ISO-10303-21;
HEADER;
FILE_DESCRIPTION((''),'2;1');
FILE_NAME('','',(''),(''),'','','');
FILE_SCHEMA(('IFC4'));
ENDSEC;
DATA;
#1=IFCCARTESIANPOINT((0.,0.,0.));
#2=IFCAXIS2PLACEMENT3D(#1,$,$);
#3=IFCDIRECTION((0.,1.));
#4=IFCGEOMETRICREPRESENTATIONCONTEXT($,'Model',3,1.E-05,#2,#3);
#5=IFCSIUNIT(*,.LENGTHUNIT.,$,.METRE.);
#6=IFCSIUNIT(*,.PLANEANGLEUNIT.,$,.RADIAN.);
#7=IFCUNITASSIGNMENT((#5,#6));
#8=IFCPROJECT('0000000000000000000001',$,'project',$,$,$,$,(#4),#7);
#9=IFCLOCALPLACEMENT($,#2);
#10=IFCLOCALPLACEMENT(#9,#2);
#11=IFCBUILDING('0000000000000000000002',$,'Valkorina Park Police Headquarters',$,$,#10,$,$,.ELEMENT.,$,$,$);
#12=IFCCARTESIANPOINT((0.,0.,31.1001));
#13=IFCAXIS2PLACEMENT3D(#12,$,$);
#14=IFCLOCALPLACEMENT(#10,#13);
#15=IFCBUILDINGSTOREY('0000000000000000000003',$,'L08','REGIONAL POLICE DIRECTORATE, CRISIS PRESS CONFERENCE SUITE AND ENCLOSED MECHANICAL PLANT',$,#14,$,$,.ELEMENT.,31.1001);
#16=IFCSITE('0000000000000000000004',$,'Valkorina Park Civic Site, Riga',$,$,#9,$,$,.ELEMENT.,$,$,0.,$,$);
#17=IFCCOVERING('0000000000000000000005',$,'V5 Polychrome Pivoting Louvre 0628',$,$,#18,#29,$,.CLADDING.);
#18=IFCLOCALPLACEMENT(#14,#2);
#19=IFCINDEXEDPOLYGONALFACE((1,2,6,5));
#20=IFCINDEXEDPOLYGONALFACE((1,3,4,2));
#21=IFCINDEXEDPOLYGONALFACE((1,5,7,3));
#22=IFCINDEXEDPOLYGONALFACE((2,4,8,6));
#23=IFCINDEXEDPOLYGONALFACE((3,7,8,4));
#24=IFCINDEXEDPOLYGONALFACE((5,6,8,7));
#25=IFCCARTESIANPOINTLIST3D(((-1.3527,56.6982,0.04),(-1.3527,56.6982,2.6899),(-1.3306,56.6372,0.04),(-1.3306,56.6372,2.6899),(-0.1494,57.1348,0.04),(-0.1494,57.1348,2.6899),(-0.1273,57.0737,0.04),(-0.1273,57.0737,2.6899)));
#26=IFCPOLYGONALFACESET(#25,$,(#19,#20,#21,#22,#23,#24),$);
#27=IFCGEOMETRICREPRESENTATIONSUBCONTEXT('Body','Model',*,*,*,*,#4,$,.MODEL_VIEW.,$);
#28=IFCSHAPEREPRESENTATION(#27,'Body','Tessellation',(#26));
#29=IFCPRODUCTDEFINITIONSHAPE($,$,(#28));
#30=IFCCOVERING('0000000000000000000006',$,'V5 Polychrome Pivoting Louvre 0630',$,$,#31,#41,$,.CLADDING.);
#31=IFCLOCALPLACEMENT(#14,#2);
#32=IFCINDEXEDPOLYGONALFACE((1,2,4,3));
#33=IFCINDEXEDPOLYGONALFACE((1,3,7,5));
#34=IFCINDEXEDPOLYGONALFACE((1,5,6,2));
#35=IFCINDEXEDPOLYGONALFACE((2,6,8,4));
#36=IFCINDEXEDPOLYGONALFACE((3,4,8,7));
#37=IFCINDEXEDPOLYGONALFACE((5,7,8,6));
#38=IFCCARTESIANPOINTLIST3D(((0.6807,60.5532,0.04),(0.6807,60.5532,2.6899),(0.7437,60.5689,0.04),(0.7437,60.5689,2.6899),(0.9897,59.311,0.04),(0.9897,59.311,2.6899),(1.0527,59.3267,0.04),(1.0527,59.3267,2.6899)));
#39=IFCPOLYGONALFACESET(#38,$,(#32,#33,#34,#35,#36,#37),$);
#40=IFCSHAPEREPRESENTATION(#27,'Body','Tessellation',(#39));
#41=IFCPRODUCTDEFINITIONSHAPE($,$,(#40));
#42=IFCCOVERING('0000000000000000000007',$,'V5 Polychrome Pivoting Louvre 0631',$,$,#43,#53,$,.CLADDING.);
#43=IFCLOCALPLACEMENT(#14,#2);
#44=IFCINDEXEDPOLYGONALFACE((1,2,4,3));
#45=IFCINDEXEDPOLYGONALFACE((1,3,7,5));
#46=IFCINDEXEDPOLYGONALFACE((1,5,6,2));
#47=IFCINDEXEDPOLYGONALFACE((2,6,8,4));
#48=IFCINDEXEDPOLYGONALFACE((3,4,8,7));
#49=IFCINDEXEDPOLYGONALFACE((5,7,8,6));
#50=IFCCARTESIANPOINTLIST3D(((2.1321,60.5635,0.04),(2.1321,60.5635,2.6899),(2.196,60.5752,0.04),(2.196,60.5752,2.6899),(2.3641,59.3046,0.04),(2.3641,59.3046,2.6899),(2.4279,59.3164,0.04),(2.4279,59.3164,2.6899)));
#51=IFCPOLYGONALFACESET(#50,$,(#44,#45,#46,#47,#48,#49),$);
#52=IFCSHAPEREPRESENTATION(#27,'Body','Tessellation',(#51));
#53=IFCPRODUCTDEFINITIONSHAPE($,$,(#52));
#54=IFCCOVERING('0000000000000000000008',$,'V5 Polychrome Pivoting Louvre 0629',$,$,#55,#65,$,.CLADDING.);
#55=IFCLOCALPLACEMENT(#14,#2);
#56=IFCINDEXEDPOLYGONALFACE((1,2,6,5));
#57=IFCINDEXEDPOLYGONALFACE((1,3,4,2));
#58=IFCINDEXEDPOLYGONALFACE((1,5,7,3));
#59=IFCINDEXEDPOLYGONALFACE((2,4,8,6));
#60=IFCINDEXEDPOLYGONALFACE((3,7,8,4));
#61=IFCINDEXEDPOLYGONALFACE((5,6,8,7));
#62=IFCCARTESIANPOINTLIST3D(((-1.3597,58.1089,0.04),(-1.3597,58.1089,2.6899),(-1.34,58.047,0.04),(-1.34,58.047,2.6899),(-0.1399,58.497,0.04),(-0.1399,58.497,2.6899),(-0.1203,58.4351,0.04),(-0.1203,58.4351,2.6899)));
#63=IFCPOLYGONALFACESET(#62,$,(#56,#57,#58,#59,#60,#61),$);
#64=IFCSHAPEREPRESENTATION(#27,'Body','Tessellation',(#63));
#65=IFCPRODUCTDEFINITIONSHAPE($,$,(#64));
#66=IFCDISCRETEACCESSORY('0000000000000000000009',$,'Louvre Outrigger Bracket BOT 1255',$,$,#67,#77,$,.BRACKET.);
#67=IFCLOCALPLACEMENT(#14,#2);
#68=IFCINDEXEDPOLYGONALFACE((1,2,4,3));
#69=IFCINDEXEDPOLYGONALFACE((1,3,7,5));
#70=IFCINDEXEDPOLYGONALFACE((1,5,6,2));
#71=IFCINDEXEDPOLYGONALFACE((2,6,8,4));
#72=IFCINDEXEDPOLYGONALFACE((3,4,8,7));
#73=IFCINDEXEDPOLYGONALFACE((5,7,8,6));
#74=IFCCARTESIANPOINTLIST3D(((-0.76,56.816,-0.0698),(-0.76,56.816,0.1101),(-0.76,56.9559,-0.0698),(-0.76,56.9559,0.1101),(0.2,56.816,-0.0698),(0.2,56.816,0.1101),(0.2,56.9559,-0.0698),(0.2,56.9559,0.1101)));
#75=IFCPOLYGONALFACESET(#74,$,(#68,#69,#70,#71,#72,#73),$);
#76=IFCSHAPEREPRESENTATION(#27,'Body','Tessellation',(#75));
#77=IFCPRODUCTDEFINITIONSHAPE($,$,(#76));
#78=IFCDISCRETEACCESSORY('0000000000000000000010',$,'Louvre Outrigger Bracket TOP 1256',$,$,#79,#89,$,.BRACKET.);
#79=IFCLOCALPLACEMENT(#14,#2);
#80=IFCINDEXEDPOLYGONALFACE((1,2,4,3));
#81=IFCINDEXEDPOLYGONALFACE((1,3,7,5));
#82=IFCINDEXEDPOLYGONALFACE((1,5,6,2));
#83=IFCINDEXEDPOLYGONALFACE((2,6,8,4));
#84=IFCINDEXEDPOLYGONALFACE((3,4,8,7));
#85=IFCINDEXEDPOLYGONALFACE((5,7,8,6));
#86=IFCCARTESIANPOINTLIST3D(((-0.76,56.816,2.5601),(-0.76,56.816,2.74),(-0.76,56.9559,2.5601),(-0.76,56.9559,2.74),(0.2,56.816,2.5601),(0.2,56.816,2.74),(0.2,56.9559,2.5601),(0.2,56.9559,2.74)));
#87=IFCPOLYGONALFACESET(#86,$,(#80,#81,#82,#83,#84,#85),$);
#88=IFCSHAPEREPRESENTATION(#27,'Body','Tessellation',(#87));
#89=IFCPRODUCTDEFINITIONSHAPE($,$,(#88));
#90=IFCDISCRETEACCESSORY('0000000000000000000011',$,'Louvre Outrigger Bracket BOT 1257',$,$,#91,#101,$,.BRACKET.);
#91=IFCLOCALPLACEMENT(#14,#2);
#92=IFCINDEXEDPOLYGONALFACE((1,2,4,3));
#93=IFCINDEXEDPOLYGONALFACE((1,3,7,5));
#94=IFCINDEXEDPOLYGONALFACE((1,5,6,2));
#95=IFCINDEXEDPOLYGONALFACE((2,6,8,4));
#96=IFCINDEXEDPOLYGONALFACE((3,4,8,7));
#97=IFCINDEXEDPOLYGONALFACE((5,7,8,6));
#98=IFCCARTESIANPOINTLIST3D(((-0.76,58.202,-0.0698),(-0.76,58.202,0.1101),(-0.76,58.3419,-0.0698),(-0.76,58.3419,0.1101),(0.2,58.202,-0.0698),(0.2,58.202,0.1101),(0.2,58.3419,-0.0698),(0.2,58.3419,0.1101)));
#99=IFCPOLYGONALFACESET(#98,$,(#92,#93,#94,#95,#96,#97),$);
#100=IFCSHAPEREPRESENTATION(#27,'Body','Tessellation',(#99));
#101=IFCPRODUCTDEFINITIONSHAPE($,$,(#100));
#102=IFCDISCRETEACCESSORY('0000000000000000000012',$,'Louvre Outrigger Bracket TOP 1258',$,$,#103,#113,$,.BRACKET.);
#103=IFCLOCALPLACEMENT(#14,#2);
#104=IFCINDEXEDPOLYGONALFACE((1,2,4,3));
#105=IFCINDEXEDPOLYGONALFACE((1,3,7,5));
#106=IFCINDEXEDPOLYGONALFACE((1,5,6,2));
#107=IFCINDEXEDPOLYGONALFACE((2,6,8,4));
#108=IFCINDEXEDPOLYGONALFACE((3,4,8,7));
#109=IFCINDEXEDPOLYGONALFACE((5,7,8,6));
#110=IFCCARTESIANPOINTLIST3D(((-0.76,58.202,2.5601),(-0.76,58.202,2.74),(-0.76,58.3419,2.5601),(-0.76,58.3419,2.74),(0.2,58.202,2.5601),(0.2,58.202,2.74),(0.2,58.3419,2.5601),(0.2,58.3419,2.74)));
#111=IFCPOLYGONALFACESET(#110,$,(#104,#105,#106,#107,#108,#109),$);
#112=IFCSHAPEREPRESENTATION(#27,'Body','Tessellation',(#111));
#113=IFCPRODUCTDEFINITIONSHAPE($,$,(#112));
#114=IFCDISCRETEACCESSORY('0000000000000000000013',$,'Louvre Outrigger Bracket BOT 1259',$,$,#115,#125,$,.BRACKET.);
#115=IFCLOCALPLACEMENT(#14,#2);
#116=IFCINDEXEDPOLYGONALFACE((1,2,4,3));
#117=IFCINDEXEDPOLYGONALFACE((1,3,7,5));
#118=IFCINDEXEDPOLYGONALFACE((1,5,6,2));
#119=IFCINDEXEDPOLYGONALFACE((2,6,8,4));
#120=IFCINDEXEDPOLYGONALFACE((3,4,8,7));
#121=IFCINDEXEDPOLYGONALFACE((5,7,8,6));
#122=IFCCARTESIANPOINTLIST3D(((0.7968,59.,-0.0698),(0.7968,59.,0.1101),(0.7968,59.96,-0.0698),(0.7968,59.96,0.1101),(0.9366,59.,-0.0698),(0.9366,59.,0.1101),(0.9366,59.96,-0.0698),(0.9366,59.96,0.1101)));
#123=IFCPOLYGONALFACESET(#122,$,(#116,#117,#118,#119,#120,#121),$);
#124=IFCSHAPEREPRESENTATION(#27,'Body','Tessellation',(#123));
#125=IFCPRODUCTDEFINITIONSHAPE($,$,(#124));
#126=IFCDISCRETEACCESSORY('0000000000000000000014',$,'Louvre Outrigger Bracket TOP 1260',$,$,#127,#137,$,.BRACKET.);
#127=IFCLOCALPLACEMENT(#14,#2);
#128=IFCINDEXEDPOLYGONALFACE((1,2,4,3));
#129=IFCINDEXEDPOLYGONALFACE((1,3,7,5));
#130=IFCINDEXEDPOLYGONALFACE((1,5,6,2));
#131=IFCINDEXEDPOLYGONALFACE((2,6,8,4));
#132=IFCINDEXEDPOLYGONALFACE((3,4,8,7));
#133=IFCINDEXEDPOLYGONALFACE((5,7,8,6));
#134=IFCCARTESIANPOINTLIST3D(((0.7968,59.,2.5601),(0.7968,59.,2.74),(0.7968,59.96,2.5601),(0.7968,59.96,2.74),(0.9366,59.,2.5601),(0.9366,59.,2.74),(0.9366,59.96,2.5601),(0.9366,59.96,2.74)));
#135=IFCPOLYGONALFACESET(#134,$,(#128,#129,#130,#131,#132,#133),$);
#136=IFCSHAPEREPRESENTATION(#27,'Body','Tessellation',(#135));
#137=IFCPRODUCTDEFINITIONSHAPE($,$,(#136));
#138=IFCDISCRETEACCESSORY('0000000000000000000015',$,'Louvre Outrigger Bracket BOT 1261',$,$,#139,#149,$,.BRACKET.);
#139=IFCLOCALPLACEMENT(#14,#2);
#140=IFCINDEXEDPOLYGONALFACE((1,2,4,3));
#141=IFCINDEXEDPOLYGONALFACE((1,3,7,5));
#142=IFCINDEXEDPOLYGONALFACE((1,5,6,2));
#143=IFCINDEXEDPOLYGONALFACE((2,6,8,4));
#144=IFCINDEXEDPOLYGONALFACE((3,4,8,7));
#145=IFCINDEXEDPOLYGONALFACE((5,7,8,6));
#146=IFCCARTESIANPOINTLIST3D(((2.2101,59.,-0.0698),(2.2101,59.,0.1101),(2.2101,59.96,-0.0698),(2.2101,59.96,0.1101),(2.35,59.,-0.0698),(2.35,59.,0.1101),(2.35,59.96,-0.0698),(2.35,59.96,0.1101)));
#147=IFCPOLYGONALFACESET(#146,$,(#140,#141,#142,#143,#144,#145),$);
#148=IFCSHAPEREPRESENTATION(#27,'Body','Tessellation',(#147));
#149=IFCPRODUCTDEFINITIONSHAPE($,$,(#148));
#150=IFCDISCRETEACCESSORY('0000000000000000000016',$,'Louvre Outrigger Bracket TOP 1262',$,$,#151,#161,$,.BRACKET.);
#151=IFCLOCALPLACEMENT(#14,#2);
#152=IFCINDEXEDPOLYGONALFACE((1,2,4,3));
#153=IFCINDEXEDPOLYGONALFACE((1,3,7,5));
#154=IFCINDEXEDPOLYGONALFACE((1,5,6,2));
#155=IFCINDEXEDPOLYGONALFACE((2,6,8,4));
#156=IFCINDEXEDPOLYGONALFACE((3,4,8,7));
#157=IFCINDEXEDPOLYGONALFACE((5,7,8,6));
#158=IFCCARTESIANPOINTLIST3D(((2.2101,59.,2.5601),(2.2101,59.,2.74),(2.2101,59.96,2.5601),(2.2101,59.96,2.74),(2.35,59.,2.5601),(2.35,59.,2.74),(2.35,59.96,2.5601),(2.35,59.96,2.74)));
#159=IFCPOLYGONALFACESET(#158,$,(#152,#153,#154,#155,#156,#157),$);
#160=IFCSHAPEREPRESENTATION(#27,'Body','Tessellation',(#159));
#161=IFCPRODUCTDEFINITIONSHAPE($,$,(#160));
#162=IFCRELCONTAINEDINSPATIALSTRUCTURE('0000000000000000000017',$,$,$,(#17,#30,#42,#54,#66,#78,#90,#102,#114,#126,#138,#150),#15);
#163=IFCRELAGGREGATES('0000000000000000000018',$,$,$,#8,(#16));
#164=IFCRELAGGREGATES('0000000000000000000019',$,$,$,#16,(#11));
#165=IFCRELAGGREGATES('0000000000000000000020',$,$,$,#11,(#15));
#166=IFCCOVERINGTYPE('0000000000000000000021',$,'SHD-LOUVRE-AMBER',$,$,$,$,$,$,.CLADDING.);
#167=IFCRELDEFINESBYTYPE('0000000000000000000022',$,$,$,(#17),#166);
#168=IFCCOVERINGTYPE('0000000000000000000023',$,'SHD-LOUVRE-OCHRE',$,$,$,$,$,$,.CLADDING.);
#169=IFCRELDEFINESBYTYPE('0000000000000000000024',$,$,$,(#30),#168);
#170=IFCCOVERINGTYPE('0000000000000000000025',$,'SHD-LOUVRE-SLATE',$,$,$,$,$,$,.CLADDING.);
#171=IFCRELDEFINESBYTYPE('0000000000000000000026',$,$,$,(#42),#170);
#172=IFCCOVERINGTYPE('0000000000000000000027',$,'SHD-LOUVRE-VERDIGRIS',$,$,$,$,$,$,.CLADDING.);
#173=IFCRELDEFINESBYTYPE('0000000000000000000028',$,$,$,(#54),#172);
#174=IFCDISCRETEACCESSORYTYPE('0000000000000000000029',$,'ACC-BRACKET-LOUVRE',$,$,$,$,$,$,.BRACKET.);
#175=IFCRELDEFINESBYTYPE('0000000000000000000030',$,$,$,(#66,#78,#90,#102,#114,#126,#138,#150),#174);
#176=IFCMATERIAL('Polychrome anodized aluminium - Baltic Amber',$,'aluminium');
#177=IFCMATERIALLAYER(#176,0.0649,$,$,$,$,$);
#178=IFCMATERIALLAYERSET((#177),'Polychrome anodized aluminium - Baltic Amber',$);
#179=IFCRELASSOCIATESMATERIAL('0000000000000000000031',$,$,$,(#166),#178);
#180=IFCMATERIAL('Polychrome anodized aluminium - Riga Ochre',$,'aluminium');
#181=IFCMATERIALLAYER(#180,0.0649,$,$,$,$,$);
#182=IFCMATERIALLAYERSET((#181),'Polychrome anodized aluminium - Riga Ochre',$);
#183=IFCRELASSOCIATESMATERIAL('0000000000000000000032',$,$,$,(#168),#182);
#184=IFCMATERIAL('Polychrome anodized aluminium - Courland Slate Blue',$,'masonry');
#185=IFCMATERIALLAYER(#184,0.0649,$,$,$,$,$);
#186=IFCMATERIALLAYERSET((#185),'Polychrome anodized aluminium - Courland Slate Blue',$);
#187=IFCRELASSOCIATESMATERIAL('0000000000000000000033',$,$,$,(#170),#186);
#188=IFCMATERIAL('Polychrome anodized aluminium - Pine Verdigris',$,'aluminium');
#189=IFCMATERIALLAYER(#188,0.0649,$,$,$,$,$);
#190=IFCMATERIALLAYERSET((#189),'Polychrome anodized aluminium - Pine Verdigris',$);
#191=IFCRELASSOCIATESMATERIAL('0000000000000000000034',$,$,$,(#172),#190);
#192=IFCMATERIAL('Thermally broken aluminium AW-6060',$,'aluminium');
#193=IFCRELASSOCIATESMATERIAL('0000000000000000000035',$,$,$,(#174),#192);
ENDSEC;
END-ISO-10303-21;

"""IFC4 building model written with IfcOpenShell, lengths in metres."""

from ifc_helpers import new_model, si_unit, direction, frame, origin, origin_2d, place, context, subcontext, project, spatial, rectangle, extrude, material, layer, layer_set, type_object, element, save


model = new_model("IFC4")

# Units and contexts
model_context = context("Model", 3, precision=1e-05, world=origin(), true_north=direction((0.0, 1.0)))
body_context = subcontext(model_context, "Body", "Model", "MODEL_VIEW")
ifc_project = project(units=[si_unit("LENGTHUNIT", "METRE"), si_unit("PLANEANGLEUNIT", "RADIAN")], contexts=[model_context])

# Site, building, storey
site_placement = place(None, origin())
site = spatial("IfcSite", under=ifc_project, at=site_placement, Name="Valkorina Park Civic Site, Riga", CompositionType="ELEMENT", RefElevation=0.0)
building_placement = place(site_placement, origin())
building = spatial("IfcBuilding", under=site, at=building_placement, Name="Valkorina Park Police Headquarters", CompositionType="ELEMENT")
storey_placement = place(building_placement, frame((0.0, 0.0, 31.1001)))
storey = spatial("IfcBuildingStorey", under=building, at=storey_placement, Name="L08", Description="REGIONAL POLICE DIRECTORATE, CRISIS PRESS CONFERENCE SUITE AND ENCLOSED MECHANICAL PLANT", CompositionType="ELEMENT", Elevation=31.1001)

# Shared definitions
ifc_material_1 = material(Name="Thermally broken aluminium AW-6060", Category="aluminium")

# Coverings
ifc_material_2 = material(Name="Polychrome anodized aluminium - Baltic Amber", Category="aluminium")
ifc_layer_1 = layer(ifc_material_2, 0.0649)
ifc_layer_set_1 = layer_set([ifc_layer_1], Name="Polychrome anodized aluminium - Baltic Amber")
covering_type_1 = type_object("IfcCoveringType", Name="SHD-LOUVRE-AMBER", PredefinedType="CLADDING", material=ifc_layer_set_1)
covering_1_placement = place(storey_placement, frame((-0.74, 56.886, 0.04), z_axis=(0.0, 0.0, 1.0), x_axis=(-0.94005, -0.341036, 0.0)))
element("IfcCovering", 1, at=covering_1_placement, inside=storey, type_object=covering_type_1, Name="V5 Polychrome Pivoting Louvre 0628", PredefinedType="CLADDING", context=body_context, shape_type="SweptSolid", body=[
    extrude(rectangle(XDim=1.28, YDim=0.0649, at=origin_2d()), origin(), (0.0, 0.0, 1.0), 2.6499),
])
ifc_material_3 = material(Name="Polychrome anodized aluminium - Riga Ochre", Category="aluminium")
ifc_layer_2 = layer(ifc_material_3, 0.0649)
ifc_layer_set_2 = layer_set([ifc_layer_2], Name="Polychrome anodized aluminium - Riga Ochre")
covering_type_2 = type_object("IfcCoveringType", Name="SHD-LOUVRE-OCHRE", PredefinedType="CLADDING", material=ifc_layer_set_2)
covering_2_placement = place(storey_placement, frame((0.8667, 59.9399, 0.04), z_axis=(0.0, 0.0, 1.0), x_axis=(-0.241414, 0.970422, 0.0)))
element("IfcCovering", 2, at=covering_2_placement, inside=storey, type_object=covering_type_2, Name="V5 Polychrome Pivoting Louvre 0630", PredefinedType="CLADDING", context=body_context, shape_type="SweptSolid", body=[
    extrude(rectangle(XDim=1.28, YDim=0.0649, at=origin_2d()), origin(), (0.0, 0.0, 1.0), 2.6499),
])
ifc_material_4 = material(Name="Polychrome anodized aluminium - Courland Slate Blue", Category="masonry")
ifc_layer_3 = layer(ifc_material_4, 0.0649)
ifc_layer_set_3 = layer_set([ifc_layer_3], Name="Polychrome anodized aluminium - Courland Slate Blue")
covering_type_3 = type_object("IfcCoveringType", Name="SHD-LOUVRE-SLATE", PredefinedType="CLADDING", material=ifc_layer_set_3)
covering_3_placement = place(storey_placement, frame((2.28, 59.9399, 0.04), z_axis=(0.0, 0.0, 1.0), x_axis=(-0.181206, 0.983445, 0.0)))
element("IfcCovering", 3, at=covering_3_placement, inside=storey, type_object=covering_type_3, Name="V5 Polychrome Pivoting Louvre 0631", PredefinedType="CLADDING", context=body_context, shape_type="SweptSolid", body=[
    extrude(rectangle(XDim=1.28, YDim=0.0649, at=origin_2d()), origin(), (0.0, 0.0, 1.0), 2.6499),
])
ifc_material_5 = material(Name="Polychrome anodized aluminium - Pine Verdigris", Category="aluminium")
ifc_layer_4 = layer(ifc_material_5, 0.0649)
ifc_layer_set_4 = layer_set([ifc_layer_4], Name="Polychrome anodized aluminium - Pine Verdigris")
covering_type_4 = type_object("IfcCoveringType", Name="SHD-LOUVRE-VERDIGRIS", PredefinedType="CLADDING", material=ifc_layer_set_4)
covering_4_placement = place(storey_placement, frame((-0.74, 58.272, 0.04), z_axis=(0.0, 0.0, 1.0), x_axis=(-0.952926, -0.303202, 0.0)))
element("IfcCovering", 4, at=covering_4_placement, inside=storey, type_object=covering_type_4, Name="V5 Polychrome Pivoting Louvre 0629", PredefinedType="CLADDING", context=body_context, shape_type="SweptSolid", body=[
    extrude(rectangle(XDim=1.28, YDim=0.0649, at=origin_2d()), origin(), (0.0, 0.0, 1.0), 2.6499),
])

# Discrete accessories
discrete_accessory_type = type_object("IfcDiscreteAccessoryType", Name="ACC-BRACKET-LOUVRE", PredefinedType="BRACKET", material=ifc_material_1)
for number, where, z_axis, x_axis, name in (
    (5, (-0.28, 56.886, -0.0698), (0.0, 0.0, 1.0), (-1.0, 0.0, 0.0), "Louvre Outrigger Bracket BOT 1255"),
    (6, (-0.28, 56.886, 2.5601), (0.0, 0.0, 1.0), (-1.0, 0.0, 0.0), "Louvre Outrigger Bracket TOP 1256"),
    (7, (-0.28, 58.272, -0.0698), (0.0, 0.0, 1.0), (-1.0, 0.0, 0.0), "Louvre Outrigger Bracket BOT 1257"),
    (8, (-0.28, 58.272, 2.5601), (0.0, 0.0, 1.0), (-1.0, 0.0, 0.0), "Louvre Outrigger Bracket TOP 1258"),
    (9, (0.8667, 59.48, -0.0698), (0.0, 0.0, 1.0), (0.0, 1.0, 0.0), "Louvre Outrigger Bracket BOT 1259"),
    (10, (0.8667, 59.48, 2.5601), (0.0, 0.0, 1.0), (0.0, 1.0, 0.0), "Louvre Outrigger Bracket TOP 1260"),
    (11, (2.28, 59.48, -0.0698), (0.0, 0.0, 1.0), (0.0, 1.0, 0.0), "Louvre Outrigger Bracket BOT 1261"),
    (12, (2.28, 59.48, 2.5601), (0.0, 0.0, 1.0), (0.0, 1.0, 0.0), "Louvre Outrigger Bracket TOP 1262"),
):
    element("IfcDiscreteAccessory", number, at=place(storey_placement, frame(where, z_axis=z_axis, x_axis=x_axis)), inside=storey, type_object=discrete_accessory_type, Name=name, PredefinedType="BRACKET", context=body_context, shape_type="SweptSolid", body=[
        extrude(rectangle(XDim=0.96, YDim=0.1399, at=origin_2d()), origin(), (0.0, 0.0, 1.0), 0.1799),
    ])

save(model, "model.ifc")
